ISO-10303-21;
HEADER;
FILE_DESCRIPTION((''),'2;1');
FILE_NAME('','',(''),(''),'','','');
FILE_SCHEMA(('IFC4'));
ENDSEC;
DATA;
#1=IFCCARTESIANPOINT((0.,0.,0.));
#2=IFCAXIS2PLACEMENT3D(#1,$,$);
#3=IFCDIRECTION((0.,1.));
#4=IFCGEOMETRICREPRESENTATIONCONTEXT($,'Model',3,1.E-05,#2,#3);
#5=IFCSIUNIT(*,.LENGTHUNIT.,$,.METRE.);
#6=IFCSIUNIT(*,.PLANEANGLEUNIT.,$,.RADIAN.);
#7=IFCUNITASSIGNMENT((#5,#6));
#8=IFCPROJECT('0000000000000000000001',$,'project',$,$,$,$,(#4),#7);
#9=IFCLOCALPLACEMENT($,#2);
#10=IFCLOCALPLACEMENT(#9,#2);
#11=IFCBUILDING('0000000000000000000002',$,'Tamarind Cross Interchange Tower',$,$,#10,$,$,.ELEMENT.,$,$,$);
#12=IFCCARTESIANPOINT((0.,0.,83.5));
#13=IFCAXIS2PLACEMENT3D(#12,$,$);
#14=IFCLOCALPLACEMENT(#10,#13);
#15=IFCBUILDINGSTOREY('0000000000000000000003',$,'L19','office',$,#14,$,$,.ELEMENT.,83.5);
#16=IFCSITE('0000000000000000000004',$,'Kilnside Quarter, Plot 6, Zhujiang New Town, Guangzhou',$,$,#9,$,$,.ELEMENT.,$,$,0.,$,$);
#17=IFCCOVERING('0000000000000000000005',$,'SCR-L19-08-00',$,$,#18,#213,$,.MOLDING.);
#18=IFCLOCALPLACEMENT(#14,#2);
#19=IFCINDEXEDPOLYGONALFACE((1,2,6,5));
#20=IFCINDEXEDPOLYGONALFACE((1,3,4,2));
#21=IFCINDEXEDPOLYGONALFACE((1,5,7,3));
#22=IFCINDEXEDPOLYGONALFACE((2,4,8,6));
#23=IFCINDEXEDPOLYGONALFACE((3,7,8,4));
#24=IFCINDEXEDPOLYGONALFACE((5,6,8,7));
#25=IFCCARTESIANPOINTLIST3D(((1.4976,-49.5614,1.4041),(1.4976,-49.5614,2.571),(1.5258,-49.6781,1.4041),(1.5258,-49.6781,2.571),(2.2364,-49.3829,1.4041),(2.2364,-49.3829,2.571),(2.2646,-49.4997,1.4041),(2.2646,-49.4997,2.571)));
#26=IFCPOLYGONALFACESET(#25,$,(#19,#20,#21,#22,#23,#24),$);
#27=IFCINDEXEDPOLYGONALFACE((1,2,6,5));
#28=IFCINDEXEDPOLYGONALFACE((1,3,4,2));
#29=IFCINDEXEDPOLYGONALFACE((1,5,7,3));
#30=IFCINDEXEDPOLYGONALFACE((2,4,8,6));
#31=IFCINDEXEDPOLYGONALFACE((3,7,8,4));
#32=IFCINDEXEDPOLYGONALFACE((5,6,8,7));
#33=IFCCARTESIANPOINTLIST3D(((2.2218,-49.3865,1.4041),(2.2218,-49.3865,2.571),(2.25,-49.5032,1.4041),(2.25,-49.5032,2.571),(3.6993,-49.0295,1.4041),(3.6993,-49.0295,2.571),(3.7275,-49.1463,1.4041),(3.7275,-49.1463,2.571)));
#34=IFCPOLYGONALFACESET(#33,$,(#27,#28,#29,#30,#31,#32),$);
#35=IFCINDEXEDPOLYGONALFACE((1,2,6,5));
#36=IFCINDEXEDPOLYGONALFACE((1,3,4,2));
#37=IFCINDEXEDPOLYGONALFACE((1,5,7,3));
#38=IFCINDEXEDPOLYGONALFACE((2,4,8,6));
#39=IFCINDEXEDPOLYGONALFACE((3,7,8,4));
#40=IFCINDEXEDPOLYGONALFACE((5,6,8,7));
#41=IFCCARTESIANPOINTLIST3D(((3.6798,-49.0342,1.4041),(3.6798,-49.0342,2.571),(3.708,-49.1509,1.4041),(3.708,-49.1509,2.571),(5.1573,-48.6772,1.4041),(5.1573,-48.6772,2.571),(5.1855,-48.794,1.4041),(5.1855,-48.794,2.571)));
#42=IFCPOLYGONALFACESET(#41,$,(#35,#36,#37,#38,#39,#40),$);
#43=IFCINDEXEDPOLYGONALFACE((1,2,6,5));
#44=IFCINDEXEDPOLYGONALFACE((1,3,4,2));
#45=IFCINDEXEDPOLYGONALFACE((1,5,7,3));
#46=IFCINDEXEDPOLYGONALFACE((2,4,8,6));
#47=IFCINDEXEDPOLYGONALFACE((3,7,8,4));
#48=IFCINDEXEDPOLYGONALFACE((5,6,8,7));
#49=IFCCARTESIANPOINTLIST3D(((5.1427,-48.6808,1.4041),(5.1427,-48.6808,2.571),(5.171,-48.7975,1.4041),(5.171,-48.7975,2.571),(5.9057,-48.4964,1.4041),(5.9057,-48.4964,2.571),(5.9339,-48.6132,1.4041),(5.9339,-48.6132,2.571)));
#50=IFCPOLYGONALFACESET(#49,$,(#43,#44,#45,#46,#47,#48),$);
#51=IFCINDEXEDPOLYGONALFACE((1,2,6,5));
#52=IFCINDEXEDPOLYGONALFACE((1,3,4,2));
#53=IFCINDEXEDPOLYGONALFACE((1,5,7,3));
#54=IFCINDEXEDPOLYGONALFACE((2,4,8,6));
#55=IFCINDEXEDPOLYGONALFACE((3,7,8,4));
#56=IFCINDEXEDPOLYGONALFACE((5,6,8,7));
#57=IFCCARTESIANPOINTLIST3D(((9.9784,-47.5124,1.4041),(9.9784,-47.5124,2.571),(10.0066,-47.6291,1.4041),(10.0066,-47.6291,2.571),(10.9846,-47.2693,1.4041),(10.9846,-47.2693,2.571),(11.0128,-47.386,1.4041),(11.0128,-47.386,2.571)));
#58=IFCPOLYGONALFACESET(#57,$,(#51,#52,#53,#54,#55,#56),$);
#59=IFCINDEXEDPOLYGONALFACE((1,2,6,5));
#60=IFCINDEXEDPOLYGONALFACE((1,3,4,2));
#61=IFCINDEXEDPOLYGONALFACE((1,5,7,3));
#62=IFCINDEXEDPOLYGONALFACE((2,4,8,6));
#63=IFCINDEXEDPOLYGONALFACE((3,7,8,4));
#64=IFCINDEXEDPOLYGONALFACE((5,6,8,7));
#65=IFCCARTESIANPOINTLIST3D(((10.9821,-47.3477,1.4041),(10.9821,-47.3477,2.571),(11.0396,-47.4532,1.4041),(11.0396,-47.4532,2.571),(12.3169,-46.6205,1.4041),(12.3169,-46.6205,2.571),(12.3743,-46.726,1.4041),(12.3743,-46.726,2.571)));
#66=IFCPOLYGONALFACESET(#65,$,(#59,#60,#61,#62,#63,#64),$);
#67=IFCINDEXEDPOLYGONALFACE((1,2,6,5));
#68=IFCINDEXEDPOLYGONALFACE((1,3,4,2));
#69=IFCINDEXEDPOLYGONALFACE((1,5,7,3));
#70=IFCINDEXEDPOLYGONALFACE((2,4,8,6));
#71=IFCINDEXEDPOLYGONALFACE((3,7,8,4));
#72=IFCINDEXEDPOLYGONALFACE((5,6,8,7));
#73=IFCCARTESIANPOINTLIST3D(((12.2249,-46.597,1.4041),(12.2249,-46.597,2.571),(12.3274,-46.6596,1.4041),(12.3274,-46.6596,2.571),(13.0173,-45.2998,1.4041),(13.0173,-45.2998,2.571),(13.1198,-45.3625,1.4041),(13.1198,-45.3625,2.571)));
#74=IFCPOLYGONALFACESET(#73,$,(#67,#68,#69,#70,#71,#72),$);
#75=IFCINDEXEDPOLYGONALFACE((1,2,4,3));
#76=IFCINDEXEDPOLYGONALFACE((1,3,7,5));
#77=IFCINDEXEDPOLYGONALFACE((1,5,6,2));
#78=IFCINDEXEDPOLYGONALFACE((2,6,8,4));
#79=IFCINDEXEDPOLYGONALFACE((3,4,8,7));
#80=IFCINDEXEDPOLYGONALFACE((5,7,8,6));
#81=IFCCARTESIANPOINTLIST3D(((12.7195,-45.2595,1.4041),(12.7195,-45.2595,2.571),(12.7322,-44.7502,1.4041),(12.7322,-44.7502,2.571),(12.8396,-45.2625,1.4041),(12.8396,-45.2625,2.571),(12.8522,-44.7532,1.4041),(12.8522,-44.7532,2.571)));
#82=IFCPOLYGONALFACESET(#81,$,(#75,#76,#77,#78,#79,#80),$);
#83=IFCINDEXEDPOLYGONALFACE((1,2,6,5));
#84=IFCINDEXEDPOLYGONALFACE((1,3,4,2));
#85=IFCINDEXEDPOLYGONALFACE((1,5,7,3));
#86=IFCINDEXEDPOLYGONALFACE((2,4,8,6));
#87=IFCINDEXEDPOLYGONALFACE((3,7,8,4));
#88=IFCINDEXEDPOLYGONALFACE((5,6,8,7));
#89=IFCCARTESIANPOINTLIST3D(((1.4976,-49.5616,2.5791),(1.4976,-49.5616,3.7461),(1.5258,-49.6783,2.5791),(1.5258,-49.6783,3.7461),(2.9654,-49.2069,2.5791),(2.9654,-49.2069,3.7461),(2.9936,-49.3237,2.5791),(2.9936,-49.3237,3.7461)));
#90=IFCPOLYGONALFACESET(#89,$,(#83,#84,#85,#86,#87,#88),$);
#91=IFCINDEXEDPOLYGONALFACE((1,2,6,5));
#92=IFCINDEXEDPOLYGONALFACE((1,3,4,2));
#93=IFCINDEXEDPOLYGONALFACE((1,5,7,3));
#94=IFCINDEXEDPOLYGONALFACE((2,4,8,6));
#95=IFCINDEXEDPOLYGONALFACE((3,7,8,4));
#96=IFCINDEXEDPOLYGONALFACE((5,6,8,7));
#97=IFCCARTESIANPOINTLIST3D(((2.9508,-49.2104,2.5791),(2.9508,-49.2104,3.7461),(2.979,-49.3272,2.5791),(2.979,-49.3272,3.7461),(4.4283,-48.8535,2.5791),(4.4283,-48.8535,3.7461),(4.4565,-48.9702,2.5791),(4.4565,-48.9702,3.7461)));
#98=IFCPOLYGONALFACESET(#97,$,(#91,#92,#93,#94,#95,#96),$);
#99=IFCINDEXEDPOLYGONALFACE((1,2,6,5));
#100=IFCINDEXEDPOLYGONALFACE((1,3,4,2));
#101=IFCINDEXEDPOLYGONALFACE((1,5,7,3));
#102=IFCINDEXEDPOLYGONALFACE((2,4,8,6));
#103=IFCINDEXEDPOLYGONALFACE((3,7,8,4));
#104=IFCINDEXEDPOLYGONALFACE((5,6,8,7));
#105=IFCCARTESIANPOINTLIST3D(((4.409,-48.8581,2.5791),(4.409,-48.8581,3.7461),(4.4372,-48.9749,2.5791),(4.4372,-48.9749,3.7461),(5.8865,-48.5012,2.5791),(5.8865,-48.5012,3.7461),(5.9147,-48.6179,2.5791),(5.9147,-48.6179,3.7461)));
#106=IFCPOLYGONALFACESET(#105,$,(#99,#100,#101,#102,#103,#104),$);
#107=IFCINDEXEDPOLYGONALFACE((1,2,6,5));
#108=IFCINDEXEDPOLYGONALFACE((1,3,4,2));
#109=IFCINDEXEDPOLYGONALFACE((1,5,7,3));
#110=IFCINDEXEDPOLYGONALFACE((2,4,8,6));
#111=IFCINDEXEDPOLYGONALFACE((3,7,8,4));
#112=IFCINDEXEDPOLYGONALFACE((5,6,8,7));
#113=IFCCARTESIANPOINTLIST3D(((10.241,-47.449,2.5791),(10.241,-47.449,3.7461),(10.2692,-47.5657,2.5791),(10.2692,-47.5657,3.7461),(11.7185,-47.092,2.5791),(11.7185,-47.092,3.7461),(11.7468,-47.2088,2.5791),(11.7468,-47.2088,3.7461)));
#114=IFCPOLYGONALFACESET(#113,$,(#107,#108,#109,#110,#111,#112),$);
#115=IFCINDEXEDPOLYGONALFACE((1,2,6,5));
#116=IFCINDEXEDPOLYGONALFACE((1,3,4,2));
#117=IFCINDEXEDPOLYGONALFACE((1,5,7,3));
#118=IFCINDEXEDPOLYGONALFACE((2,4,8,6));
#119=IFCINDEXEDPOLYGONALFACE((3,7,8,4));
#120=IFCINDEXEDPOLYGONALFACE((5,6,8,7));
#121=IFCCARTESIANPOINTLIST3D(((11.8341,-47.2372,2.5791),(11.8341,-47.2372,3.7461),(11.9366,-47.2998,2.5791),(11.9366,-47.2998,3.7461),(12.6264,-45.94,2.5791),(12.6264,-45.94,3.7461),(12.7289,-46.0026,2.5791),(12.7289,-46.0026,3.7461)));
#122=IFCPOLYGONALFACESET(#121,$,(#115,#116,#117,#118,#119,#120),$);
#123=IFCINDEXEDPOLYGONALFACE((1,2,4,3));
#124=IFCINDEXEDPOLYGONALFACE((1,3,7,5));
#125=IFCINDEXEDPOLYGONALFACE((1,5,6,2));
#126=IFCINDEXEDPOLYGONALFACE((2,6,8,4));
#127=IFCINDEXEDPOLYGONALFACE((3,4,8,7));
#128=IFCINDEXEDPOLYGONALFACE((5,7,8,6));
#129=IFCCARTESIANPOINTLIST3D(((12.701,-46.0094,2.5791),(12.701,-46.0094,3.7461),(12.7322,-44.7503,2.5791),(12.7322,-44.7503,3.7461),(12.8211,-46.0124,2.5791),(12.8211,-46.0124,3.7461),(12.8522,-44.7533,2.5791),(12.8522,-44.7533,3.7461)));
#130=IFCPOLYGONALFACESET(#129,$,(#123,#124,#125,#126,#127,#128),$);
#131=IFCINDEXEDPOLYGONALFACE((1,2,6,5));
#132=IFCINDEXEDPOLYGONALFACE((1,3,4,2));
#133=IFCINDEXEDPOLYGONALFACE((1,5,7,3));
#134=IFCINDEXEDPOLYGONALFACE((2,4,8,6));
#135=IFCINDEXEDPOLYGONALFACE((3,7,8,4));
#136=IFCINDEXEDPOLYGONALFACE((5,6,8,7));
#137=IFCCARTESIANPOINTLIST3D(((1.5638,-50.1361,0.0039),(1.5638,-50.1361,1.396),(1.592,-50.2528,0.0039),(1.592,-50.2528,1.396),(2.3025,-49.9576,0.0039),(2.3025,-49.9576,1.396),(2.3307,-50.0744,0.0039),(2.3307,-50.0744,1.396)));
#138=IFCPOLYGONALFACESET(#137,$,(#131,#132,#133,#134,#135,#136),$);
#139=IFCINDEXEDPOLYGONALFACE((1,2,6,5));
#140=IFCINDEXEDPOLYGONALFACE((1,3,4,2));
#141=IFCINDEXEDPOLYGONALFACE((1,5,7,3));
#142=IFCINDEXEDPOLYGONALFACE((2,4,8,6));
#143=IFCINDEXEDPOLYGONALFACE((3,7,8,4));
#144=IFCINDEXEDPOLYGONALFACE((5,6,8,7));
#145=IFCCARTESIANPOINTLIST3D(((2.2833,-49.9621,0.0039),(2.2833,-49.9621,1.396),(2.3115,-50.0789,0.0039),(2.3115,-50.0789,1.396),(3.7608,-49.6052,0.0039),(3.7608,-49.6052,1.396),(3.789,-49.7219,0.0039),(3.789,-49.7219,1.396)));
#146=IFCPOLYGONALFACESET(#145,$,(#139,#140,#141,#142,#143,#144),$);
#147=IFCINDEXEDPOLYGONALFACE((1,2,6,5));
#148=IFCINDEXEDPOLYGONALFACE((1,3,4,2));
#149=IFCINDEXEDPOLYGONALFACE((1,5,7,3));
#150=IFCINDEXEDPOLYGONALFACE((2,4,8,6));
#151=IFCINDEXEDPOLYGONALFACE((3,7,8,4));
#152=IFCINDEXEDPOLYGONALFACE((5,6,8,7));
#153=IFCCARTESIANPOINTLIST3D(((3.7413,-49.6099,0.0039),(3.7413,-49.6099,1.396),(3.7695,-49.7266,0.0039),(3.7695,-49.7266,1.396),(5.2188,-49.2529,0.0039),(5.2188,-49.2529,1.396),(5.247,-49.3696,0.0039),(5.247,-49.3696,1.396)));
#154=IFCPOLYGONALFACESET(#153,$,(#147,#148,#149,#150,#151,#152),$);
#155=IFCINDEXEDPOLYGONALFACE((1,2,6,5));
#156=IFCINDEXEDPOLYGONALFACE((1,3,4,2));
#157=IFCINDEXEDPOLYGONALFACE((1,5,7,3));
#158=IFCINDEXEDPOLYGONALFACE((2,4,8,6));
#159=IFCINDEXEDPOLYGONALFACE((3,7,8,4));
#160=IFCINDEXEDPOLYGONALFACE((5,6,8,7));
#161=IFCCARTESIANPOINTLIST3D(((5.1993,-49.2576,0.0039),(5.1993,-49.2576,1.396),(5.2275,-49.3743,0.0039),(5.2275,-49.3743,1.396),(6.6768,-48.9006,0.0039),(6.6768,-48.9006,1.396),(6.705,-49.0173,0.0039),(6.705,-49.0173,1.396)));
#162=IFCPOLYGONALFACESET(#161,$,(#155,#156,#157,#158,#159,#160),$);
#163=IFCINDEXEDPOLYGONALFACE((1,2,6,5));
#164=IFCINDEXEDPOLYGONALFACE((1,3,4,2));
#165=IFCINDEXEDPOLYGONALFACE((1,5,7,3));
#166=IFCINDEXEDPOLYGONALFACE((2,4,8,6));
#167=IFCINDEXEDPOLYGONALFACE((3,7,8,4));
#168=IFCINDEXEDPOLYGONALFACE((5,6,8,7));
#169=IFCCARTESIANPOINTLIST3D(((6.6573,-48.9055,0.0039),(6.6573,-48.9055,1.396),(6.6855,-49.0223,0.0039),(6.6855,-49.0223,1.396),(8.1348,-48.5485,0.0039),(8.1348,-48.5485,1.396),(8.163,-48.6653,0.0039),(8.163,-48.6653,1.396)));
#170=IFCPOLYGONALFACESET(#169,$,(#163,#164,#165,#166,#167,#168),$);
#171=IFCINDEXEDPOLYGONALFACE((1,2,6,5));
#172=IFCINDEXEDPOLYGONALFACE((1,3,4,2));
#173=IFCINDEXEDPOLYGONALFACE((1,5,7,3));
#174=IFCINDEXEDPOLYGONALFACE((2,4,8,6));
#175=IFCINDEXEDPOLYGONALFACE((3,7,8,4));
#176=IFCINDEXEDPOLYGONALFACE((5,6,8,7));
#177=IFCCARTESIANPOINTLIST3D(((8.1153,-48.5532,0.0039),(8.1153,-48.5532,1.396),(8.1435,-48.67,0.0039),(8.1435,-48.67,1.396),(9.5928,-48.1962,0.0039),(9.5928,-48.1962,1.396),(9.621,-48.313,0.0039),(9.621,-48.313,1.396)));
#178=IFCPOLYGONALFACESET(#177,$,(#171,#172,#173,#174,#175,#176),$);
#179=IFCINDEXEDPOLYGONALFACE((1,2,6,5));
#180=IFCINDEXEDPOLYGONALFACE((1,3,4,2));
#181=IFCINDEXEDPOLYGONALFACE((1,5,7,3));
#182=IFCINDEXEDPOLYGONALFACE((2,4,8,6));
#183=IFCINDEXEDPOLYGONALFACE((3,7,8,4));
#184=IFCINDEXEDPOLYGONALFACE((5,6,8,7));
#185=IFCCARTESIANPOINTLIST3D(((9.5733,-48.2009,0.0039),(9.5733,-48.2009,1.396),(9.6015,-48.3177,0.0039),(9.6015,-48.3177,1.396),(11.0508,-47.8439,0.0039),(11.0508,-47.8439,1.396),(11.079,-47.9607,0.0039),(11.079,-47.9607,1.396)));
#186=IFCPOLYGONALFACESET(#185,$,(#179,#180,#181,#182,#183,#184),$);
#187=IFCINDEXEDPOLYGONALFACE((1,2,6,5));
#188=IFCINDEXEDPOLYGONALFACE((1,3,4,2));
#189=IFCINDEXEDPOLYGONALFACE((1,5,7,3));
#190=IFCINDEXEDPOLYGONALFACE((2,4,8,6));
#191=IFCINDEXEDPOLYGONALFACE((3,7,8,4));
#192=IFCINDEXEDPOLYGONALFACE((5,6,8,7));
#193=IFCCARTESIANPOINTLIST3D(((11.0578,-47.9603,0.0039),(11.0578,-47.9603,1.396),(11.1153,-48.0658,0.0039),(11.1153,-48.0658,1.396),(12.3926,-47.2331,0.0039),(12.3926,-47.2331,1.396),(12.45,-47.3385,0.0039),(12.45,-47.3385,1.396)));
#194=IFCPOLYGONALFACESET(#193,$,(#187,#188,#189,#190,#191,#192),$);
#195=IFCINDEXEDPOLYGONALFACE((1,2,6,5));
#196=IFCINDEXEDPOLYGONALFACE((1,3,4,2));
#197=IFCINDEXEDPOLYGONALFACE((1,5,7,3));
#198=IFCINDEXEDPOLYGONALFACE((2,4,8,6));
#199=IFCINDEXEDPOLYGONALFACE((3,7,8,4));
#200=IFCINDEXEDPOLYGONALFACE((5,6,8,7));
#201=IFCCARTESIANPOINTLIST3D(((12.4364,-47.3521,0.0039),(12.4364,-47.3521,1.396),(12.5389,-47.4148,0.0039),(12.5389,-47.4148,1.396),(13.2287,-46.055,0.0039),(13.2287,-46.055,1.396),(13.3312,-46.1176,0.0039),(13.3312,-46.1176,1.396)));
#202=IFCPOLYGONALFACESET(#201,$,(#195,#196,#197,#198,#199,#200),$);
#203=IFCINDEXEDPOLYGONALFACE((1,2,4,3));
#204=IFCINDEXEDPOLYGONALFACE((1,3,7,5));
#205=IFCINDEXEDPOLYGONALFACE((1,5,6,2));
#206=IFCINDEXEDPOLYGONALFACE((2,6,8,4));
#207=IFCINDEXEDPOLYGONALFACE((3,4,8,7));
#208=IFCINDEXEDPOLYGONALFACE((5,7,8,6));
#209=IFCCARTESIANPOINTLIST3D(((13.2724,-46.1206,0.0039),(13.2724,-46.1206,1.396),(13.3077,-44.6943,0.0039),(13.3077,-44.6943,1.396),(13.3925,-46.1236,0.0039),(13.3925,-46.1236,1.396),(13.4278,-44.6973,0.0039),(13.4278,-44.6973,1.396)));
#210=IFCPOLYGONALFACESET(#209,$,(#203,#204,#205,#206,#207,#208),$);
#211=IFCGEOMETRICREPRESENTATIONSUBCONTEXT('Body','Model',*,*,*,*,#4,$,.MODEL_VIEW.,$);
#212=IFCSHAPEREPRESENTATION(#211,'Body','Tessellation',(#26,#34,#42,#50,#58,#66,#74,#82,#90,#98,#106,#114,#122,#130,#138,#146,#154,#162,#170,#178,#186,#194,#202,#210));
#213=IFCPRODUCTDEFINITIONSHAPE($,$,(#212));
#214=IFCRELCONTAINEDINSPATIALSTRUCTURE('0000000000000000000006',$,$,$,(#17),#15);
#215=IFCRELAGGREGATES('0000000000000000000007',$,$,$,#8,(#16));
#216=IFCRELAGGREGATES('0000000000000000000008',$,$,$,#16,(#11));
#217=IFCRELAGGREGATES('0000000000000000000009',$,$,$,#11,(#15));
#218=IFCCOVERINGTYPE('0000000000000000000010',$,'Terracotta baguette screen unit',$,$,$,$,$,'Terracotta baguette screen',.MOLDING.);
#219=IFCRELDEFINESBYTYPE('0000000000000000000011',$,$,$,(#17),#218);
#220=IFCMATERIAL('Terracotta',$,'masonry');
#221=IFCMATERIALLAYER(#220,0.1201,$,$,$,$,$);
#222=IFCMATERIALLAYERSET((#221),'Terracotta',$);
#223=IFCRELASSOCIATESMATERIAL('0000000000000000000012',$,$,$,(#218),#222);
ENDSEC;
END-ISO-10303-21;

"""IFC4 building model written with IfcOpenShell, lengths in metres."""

from ifc_helpers import new_model, si_unit, direction, frame, origin, origin_2d, place, context, subcontext, project, spatial, rectangle, extrude, material, layer, layer_set, type_object, element, save


model = new_model("IFC4")

# Units and contexts
model_context = context("Model", 3, precision=1e-05, world=origin(), true_north=direction((0.0, 1.0)))
body_context = subcontext(model_context, "Body", "Model", "MODEL_VIEW")
ifc_project = project(units=[si_unit("LENGTHUNIT", "METRE"), si_unit("PLANEANGLEUNIT", "RADIAN")], contexts=[model_context])

# Site, building, storey
site_placement = place(None, origin())
site = spatial("IfcSite", under=ifc_project, at=site_placement, Name="Kilnside Quarter, Plot 6, Zhujiang New Town, Guangzhou", CompositionType="ELEMENT", RefElevation=0.0)
building_placement = place(site_placement, origin())
building = spatial("IfcBuilding", under=site, at=building_placement, Name="Tamarind Cross Interchange Tower", CompositionType="ELEMENT")
storey_placement = place(building_placement, frame((0.0, 0.0, 83.5)))
storey = spatial("IfcBuildingStorey", under=building, at=storey_placement, Name="L19", Description="office", CompositionType="ELEMENT", Elevation=83.5)

# Covering
ifc_material_1 = material(Name="Terracotta", Category="masonry")
ifc_layer_1 = layer(ifc_material_1, 0.1201)
ifc_layer_set_1 = layer_set([ifc_layer_1], Name="Terracotta")
covering_type = type_object("IfcCoveringType", Name="Terracotta baguette screen unit", ElementType="Terracotta baguette screen", PredefinedType="MOLDING", material=ifc_layer_set_1)
covering_1_placement = place(storey_placement, origin())
element("IfcCovering", 1, at=covering_1_placement, inside=storey, type_object=covering_type, Name="SCR-L19-08-00", PredefinedType="MOLDING", context=body_context, shape_type="SweptSolid", body=[
    extrude(rectangle(XDim=0.76, YDim=0.1201, at=origin_2d()), frame((1.8811, -49.5305, 1.4041), z_axis=(0.0, 0.0, 1.0), x_axis=(0.972033, 0.234844, 0.0)), (0.0, 0.0, 1.0), 1.167),
    extrude(rectangle(XDim=1.52, YDim=0.1201, at=origin_2d()), frame((2.9746, -49.2664, 1.4041), z_axis=(0.0, 0.0, 1.0), x_axis=(0.972033, 0.234844, 0.0)), (0.0, 0.0, 1.0), 1.167),
    extrude(rectangle(XDim=1.52, YDim=0.1201, at=origin_2d()), frame((4.4326, -48.9141, 1.4041), z_axis=(0.0, 0.0, 1.0), x_axis=(0.972033, 0.234844, 0.0)), (0.0, 0.0, 1.0), 1.167),
    extrude(rectangle(XDim=0.7849, YDim=0.1201, at=origin_2d()), frame((5.5383, -48.647, 1.4041), z_axis=(0.0, 0.0, 1.0), x_axis=(0.972033, 0.234844, 0.0)), (0.0, 0.0, 1.0), 1.167),
    extrude(rectangle(XDim=1.0352, YDim=0.1201, at=origin_2d()), frame((10.4956, -47.4492, 1.4041), z_axis=(0.0, 0.0, 1.0), x_axis=(0.972033, 0.234844, 0.0)), (0.0, 0.0, 1.0), 1.167),
    extrude(rectangle(XDim=1.52, YDim=0.1201, at=origin_2d()), frame((11.6782, -47.0369, 1.4041), z_axis=(0.0, 0.0, 1.0), x_axis=(0.87813, 0.478422, 0.0)), (0.0, 0.0, 1.0), 1.167),
    extrude(rectangle(XDim=1.52, YDim=0.1201, at=origin_2d()), frame((12.6724, -45.9797, 1.4041), z_axis=(0.0, 0.0, 1.0), x_axis=(0.521272, 0.853391, 0.0)), (0.0, 0.0, 1.0), 1.167),
    extrude(rectangle(XDim=0.5095, YDim=0.1201, at=origin_2d()), frame((12.7859, -45.0063, 1.4041), z_axis=(0.0, 0.0, 1.0), x_axis=(0.024739, 0.999694, 0.0)), (0.0, 0.0, 1.0), 1.167),
    extrude(rectangle(XDim=1.51, YDim=0.1201, at=origin_2d()), frame((2.2456, -49.4426, 2.5791), z_axis=(0.0, 0.0, 1.0), x_axis=(0.972033, 0.234844, 0.0)), (0.0, 0.0, 1.0), 1.167),
    extrude(rectangle(XDim=1.52, YDim=0.1201, at=origin_2d()), frame((3.7036, -49.0903, 2.5791), z_axis=(0.0, 0.0, 1.0), x_axis=(0.972033, 0.234844, 0.0)), (0.0, 0.0, 1.0), 1.167),
    extrude(rectangle(XDim=1.52, YDim=0.1201, at=origin_2d()), frame((5.1619, -48.738, 2.5791), z_axis=(0.0, 0.0, 1.0), x_axis=(0.972033, 0.234844, 0.0)), (0.0, 0.0, 1.0), 1.167),
    extrude(rectangle(XDim=1.52, YDim=0.1201, at=origin_2d()), frame((10.9939, -47.3289, 2.5791), z_axis=(0.0, 0.0, 1.0), x_axis=(0.972033, 0.234844, 0.0)), (0.0, 0.0, 1.0), 1.167),
    extrude(rectangle(XDim=1.52, YDim=0.1201, at=origin_2d()), frame((12.2815, -46.6199, 2.5791), z_axis=(0.0, 0.0, 1.0), x_axis=(0.521272, 0.853391, 0.0)), (0.0, 0.0, 1.0), 1.167),
    extrude(rectangle(XDim=1.2595, YDim=0.1201, at=origin_2d()), frame((12.7766, -45.3813, 2.5791), z_axis=(0.0, 0.0, 1.0), x_axis=(0.024739, 0.999694, 0.0)), (0.0, 0.0, 1.0), 1.167),
    extrude(rectangle(XDim=0.76, YDim=0.1201, at=origin_2d()), frame((1.9473, -50.1052, 0.0039), z_axis=(0.0, 0.0, 1.0), x_axis=(0.972033, 0.234844, 0.0)), (0.0, 0.0, 1.0), 1.3921),
    extrude(rectangle(XDim=1.52, YDim=0.1201, at=origin_2d()), frame((3.0361, -49.842, 0.0039), z_axis=(0.0, 0.0, 1.0), x_axis=(0.972033, 0.234844, 0.0)), (0.0, 0.0, 1.0), 1.3921),
    extrude(rectangle(XDim=1.52, YDim=0.1201, at=origin_2d()), frame((4.4941, -49.4897, 0.0039), z_axis=(0.0, 0.0, 1.0), x_axis=(0.972033, 0.234844, 0.0)), (0.0, 0.0, 1.0), 1.3921),
    extrude(rectangle(XDim=1.52, YDim=0.1201, at=origin_2d()), frame((5.9521, -49.1375, 0.0039), z_axis=(0.0, 0.0, 1.0), x_axis=(0.972033, 0.234844, 0.0)), (0.0, 0.0, 1.0), 1.3921),
    extrude(rectangle(XDim=1.52, YDim=0.1201, at=origin_2d()), frame((7.4102, -48.7854, 0.0039), z_axis=(0.0, 0.0, 1.0), x_axis=(0.972033, 0.234844, 0.0)), (0.0, 0.0, 1.0), 1.3921),
    extrude(rectangle(XDim=1.52, YDim=0.1201, at=origin_2d()), frame((8.8682, -48.4331, 0.0039), z_axis=(0.0, 0.0, 1.0), x_axis=(0.972033, 0.234844, 0.0)), (0.0, 0.0, 1.0), 1.3921),
    extrude(rectangle(XDim=1.52, YDim=0.1201, at=origin_2d()), frame((10.3262, -48.0808, 0.0039), z_axis=(0.0, 0.0, 1.0), x_axis=(0.972033, 0.234844, 0.0)), (0.0, 0.0, 1.0), 1.3921),
    extrude(rectangle(XDim=1.52, YDim=0.1201, at=origin_2d()), frame((11.7539, -47.6494, 0.0039), z_axis=(0.0, 0.0, 1.0), x_axis=(0.87813, 0.478422, 0.0)), (0.0, 0.0, 1.0), 1.3921),
    extrude(rectangle(XDim=1.52, YDim=0.1201, at=origin_2d()), frame((12.8838, -46.7349, 0.0039), z_axis=(0.0, 0.0, 1.0), x_axis=(0.521272, 0.853391, 0.0)), (0.0, 0.0, 1.0), 1.3921),
    extrude(rectangle(XDim=1.4268, YDim=0.1201, at=origin_2d()), frame((13.3501, -45.4089, 0.0039), z_axis=(0.0, 0.0, 1.0), x_axis=(0.024739, 0.999694, 0.0)), (0.0, 0.0, 1.0), 1.3921),
])

save(model, "model.ifc")
